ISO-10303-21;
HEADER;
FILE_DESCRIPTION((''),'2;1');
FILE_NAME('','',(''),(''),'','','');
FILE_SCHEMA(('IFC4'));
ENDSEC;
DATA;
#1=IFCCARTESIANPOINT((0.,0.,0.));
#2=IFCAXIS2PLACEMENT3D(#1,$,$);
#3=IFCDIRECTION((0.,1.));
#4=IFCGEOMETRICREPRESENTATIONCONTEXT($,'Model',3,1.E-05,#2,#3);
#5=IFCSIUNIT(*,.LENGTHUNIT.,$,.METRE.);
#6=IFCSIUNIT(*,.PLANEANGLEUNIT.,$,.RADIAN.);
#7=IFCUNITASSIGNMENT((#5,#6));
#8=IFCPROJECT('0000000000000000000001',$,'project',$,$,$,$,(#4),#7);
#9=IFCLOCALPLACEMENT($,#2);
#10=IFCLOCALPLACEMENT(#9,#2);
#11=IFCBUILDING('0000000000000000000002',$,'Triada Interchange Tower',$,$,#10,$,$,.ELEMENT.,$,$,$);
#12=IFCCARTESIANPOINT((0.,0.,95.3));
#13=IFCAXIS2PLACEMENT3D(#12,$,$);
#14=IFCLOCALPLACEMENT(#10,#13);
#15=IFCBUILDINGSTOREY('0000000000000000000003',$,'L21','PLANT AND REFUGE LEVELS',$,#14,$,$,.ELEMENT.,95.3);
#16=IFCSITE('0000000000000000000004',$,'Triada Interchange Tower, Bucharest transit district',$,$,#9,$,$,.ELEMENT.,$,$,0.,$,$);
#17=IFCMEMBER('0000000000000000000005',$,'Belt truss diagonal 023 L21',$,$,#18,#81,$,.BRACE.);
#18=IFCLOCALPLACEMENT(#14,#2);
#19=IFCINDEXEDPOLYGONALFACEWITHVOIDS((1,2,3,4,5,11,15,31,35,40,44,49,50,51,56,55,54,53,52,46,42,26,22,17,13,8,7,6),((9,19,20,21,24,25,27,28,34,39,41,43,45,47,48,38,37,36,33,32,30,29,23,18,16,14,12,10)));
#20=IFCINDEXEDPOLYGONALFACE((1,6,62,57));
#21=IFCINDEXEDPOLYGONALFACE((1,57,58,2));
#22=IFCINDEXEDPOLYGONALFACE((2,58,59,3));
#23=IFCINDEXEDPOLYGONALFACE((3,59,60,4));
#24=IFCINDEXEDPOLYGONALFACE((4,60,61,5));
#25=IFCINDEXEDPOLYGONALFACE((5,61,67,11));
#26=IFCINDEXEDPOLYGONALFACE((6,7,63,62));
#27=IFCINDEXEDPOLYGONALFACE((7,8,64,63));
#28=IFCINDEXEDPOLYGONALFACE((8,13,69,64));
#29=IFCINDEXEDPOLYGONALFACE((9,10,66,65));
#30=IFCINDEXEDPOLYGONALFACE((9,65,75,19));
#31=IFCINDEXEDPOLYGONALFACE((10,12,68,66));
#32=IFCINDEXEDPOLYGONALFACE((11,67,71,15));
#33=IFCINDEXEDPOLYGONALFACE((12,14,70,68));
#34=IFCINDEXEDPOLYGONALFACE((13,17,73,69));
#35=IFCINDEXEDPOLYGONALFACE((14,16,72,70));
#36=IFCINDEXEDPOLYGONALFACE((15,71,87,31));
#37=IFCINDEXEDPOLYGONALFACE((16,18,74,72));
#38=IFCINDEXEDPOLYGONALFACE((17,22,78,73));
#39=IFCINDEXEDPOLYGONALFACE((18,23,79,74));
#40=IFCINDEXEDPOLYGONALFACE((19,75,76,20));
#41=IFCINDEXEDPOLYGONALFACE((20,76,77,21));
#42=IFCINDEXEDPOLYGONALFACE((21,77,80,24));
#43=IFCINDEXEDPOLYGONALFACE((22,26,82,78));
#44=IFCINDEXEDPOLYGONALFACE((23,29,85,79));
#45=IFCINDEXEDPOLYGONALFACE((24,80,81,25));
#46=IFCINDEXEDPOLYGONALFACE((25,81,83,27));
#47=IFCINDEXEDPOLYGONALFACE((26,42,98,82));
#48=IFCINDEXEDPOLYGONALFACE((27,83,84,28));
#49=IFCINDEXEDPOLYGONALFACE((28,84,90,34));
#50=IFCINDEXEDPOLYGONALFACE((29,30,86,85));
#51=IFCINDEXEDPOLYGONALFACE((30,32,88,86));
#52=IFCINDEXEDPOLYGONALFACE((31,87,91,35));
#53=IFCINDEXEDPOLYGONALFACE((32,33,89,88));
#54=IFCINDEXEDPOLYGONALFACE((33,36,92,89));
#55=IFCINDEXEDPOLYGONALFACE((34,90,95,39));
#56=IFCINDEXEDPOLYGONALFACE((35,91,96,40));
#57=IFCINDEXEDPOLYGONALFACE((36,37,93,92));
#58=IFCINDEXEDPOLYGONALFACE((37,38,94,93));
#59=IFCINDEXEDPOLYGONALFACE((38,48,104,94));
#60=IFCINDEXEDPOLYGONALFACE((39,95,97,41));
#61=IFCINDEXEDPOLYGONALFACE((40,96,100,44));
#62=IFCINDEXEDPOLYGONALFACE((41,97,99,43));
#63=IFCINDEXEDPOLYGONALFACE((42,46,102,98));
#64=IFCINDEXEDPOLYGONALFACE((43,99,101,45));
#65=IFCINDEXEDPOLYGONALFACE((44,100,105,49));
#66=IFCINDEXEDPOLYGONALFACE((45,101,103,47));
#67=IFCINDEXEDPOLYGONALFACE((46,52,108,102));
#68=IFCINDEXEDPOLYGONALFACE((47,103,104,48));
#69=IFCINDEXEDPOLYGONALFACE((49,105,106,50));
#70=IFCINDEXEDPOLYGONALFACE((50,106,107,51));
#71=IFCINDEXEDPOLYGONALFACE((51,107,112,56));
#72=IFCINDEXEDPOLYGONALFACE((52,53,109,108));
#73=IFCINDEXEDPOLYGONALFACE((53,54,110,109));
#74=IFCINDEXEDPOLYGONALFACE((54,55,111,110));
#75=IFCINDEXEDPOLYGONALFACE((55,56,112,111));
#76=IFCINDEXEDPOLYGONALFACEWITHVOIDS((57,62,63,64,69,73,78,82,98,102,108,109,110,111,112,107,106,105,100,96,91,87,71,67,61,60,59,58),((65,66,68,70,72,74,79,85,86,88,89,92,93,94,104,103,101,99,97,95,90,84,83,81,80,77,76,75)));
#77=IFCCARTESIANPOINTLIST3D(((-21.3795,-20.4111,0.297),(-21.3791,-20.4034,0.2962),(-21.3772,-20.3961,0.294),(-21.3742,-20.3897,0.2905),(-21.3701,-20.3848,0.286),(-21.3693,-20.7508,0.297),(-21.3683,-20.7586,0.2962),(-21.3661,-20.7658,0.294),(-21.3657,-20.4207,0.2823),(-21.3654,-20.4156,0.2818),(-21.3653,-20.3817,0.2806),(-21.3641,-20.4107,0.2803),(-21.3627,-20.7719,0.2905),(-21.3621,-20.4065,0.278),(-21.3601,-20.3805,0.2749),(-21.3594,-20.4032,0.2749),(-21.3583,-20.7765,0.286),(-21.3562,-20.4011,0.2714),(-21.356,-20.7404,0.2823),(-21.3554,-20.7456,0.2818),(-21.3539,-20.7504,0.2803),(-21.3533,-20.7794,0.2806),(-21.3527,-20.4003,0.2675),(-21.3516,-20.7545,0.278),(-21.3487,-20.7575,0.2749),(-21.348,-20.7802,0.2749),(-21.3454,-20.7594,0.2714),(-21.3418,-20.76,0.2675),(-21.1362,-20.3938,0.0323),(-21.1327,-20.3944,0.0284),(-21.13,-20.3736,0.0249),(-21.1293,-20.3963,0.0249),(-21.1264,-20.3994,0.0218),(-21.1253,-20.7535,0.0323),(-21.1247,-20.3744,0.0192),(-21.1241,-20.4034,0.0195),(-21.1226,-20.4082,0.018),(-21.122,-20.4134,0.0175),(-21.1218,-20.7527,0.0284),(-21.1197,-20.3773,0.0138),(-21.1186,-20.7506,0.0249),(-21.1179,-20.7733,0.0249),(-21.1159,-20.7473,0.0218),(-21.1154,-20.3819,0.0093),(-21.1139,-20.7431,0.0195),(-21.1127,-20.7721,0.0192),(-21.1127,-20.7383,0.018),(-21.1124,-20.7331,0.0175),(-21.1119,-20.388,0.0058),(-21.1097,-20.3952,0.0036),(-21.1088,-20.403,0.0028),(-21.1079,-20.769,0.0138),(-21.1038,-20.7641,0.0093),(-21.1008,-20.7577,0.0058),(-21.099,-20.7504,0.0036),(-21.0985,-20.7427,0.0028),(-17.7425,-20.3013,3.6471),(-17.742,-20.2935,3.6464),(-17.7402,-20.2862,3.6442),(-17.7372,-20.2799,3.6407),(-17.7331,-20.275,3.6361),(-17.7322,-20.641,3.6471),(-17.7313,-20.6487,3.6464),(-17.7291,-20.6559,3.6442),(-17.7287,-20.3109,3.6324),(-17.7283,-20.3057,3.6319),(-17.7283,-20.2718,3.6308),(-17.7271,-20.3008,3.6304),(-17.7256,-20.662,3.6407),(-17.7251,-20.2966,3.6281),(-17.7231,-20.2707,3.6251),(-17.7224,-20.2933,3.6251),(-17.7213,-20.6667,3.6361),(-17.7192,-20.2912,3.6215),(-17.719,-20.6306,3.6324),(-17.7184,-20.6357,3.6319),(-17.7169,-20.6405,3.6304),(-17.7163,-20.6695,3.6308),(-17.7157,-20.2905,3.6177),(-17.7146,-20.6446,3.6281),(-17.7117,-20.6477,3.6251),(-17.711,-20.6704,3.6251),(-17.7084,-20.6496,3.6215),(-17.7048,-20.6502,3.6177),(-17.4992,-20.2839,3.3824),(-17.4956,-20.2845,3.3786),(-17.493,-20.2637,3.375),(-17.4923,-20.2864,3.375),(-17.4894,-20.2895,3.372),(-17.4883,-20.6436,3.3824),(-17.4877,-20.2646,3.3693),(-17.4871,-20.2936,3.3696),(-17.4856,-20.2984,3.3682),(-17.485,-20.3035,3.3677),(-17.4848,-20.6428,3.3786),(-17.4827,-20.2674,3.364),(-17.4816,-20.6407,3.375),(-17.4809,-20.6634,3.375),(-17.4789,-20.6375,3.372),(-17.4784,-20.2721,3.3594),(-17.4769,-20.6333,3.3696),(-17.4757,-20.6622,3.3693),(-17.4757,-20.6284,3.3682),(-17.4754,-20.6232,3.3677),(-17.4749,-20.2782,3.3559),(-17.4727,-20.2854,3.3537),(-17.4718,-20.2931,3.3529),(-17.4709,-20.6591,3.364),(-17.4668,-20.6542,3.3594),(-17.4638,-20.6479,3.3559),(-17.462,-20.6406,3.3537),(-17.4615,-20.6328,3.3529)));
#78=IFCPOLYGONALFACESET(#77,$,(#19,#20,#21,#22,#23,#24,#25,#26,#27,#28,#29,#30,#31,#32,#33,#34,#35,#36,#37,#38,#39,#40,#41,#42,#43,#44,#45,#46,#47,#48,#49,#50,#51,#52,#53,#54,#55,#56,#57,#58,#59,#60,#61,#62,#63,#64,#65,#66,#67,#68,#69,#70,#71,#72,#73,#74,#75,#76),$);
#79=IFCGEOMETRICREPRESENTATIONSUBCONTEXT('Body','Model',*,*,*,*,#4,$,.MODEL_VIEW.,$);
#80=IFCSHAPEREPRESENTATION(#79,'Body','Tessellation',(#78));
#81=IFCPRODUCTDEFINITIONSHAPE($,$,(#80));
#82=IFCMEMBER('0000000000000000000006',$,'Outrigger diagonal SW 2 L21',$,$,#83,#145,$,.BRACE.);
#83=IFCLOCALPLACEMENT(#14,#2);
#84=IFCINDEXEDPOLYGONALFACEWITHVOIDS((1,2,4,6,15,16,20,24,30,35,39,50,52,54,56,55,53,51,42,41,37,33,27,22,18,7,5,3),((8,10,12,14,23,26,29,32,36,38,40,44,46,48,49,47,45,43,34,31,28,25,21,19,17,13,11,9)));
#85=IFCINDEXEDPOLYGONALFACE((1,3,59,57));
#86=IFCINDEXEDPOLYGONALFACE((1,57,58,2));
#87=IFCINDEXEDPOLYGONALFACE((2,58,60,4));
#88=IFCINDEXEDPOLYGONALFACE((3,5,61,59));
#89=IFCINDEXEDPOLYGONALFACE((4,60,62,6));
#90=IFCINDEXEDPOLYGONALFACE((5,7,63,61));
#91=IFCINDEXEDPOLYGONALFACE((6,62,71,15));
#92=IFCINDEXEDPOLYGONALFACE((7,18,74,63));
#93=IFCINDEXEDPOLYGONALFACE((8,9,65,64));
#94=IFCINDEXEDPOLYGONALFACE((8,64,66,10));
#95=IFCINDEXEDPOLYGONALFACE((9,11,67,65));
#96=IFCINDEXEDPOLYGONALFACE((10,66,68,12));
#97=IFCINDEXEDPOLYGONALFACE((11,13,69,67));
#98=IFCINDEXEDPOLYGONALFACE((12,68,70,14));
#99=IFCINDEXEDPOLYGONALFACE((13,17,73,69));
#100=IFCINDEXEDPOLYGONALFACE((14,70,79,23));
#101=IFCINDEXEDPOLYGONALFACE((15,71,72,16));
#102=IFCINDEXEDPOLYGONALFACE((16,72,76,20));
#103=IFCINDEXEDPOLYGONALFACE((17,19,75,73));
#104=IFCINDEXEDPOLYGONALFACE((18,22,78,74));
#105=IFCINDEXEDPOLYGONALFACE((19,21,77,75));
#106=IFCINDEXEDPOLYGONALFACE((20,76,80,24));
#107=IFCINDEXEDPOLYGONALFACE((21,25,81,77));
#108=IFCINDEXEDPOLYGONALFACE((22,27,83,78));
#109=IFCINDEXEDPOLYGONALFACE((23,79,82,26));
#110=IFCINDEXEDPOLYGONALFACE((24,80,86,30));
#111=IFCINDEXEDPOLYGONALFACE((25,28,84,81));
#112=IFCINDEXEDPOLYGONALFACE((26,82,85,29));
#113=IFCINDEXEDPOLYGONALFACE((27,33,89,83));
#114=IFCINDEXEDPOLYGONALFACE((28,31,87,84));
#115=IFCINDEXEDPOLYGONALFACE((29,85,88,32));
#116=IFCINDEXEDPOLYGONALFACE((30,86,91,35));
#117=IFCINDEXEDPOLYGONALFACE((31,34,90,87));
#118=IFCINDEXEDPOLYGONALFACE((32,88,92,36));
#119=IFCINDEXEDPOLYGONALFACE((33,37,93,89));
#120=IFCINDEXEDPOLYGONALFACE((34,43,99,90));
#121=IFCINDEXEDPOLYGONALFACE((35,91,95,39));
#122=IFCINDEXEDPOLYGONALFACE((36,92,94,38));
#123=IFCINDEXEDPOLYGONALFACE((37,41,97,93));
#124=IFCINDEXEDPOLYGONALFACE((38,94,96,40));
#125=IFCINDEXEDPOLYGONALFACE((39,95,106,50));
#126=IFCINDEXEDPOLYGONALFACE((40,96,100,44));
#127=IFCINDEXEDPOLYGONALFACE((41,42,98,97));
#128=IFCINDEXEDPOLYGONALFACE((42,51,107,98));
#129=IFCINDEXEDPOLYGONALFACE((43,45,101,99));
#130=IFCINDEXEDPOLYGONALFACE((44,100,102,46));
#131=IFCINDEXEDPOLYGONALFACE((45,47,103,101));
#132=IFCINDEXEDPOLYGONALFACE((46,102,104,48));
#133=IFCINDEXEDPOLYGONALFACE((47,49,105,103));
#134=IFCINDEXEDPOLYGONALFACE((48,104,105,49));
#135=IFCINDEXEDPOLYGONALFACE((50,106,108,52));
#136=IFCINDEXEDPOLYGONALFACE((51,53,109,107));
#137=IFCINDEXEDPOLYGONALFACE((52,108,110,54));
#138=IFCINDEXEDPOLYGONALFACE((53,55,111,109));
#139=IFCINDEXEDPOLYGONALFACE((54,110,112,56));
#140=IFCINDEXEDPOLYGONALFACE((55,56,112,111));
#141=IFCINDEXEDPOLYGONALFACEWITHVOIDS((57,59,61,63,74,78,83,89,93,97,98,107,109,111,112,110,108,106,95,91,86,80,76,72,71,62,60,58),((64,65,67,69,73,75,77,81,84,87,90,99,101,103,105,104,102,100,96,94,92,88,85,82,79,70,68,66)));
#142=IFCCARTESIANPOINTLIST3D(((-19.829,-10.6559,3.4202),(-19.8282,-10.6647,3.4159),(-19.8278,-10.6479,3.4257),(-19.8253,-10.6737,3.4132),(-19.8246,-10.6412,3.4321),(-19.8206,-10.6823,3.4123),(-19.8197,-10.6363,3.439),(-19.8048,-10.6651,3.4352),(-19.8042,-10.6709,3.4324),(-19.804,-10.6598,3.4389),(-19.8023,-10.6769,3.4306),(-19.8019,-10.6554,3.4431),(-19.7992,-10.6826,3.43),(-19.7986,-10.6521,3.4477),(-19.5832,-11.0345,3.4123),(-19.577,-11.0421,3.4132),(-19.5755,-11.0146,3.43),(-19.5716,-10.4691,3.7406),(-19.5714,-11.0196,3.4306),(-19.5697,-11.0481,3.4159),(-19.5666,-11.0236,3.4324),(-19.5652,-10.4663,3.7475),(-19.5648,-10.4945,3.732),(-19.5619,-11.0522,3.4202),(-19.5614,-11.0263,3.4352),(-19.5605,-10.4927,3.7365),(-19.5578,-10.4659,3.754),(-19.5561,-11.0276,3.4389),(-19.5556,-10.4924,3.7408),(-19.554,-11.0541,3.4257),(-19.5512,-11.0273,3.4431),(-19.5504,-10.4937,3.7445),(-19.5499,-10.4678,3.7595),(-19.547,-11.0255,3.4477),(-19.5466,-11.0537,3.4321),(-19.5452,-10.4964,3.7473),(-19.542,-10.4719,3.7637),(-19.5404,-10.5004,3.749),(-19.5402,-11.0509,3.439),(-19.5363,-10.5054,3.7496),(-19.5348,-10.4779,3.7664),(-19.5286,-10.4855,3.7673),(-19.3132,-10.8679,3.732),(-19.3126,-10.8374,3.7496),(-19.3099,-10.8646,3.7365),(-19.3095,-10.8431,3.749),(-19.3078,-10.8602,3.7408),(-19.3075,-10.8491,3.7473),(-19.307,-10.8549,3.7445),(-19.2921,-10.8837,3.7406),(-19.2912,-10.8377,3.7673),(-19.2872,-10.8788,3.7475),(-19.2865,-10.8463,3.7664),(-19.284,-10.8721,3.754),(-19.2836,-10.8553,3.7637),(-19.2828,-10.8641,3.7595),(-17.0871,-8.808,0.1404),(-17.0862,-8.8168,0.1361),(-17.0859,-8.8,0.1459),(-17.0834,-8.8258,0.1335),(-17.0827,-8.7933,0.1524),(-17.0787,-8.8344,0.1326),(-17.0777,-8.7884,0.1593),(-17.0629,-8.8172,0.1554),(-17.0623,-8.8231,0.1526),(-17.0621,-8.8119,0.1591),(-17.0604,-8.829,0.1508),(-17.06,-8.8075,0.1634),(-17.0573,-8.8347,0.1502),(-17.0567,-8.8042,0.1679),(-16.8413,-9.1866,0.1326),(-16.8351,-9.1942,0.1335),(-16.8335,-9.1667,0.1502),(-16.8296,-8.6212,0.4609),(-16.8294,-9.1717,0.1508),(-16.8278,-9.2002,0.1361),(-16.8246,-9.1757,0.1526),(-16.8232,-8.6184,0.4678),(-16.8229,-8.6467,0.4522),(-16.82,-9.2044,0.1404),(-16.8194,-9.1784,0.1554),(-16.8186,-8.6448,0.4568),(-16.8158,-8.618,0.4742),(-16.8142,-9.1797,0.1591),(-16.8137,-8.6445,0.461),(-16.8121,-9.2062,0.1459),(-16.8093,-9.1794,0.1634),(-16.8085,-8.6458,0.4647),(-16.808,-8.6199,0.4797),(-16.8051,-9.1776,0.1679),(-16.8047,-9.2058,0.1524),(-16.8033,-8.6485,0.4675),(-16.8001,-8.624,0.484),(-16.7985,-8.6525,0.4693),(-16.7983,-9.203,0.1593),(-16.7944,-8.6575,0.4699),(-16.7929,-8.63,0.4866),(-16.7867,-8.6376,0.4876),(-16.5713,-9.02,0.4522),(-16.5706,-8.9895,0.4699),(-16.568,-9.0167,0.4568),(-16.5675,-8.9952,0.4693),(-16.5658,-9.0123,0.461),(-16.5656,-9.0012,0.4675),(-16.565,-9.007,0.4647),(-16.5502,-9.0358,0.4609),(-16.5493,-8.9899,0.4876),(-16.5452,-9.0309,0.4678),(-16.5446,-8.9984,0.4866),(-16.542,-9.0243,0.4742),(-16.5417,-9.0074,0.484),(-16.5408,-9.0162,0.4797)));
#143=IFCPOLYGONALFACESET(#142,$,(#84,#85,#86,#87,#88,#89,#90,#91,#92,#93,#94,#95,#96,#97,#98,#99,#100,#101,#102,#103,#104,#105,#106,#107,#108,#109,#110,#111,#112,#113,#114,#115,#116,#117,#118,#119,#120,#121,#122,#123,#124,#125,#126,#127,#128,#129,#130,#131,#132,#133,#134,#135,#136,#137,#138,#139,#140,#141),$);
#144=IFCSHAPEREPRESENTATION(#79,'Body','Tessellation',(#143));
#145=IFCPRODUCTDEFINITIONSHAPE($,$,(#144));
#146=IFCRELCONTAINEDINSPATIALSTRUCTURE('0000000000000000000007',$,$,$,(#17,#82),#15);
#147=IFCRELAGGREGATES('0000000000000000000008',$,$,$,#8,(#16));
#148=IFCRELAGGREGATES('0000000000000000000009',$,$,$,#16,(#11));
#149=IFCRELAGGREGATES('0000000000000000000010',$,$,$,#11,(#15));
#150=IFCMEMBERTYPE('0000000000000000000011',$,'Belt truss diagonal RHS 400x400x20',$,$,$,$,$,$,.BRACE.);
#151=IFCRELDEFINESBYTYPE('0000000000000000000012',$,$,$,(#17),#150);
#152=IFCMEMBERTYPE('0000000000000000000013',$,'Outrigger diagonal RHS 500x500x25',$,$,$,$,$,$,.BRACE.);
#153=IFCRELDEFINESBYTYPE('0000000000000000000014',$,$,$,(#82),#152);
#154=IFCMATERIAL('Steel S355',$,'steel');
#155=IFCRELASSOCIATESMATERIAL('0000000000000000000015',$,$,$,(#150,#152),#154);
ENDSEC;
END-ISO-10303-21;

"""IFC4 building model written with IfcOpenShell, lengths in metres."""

from ifc_helpers import new_model, si_unit, direction, frame, origin, origin_2d, place, context, subcontext, project, spatial, hollow_rectangle, extrude, material, material_profile, profile_set, type_object, element, save


model = new_model("IFC4")

# Units and contexts
model_context = context("Model", 3, precision=1e-05, world=origin(), true_north=direction((0.0, 1.0)))
body_context = subcontext(model_context, "Body", "Model", "MODEL_VIEW")
ifc_project = project(units=[si_unit("LENGTHUNIT", "METRE"), si_unit("PLANEANGLEUNIT", "RADIAN")], contexts=[model_context])

# Site, building, storey
site_placement = place(None, origin())
site = spatial("IfcSite", under=ifc_project, at=site_placement, Name="Triada Interchange Tower, Bucharest transit district", CompositionType="ELEMENT", RefElevation=0.0)
building_placement = place(site_placement, origin())
building = spatial("IfcBuilding", under=site, at=building_placement, Name="Triada Interchange Tower", CompositionType="ELEMENT")
storey_placement = place(building_placement, frame((0.0, 0.0, 95.3)))
storey = spatial("IfcBuildingStorey", under=building, at=storey_placement, Name="L21", Description="PLANT AND REFUGE LEVELS", CompositionType="ELEMENT", Elevation=95.3)

# Members
ifc_material_1 = material(Name="Steel S355", Category="steel")
ifc_material_profile_1 = material_profile(ifc_material_1, hollow_rectangle(XDim=0.3999, YDim=0.3999, WallThickness=0.02, InnerFilletRadius=0.02, OuterFilletRadius=0.03, at=origin_2d()), Name="RHS 400x400x20")
ifc_profile_set_1 = profile_set([ifc_material_profile_1], Name="Steel S355")
member_type_1 = type_object("IfcMemberType", Name="Belt truss diagonal RHS 400x400x20", PredefinedType="BRACE", material=ifc_profile_set_1)
member_1_placement = place(storey_placement, frame((-21.239, -20.5769, 0.1499), z_axis=(0.735337, 0.022213, 0.677337), x_axis=(-0.030194, 0.999544, 0.0)))
element("IfcMember", 1, at=member_1_placement, inside=storey, type_object=member_type_1, Name="Belt truss diagonal 023 L21", PredefinedType="BRACE", context=body_context, shape_type="SweptSolid", body=[
    extrude(hollow_rectangle(XDim=0.3999, YDim=0.3999, WallThickness=0.02, InnerFilletRadius=0.02, OuterFilletRadius=0.03, at=origin_2d()), origin(), (0.0, 0.0, 1.0), 4.946),
])
ifc_material_profile_2 = material_profile(ifc_material_1, hollow_rectangle(XDim=0.5, YDim=0.5, WallThickness=0.0249, InnerFilletRadius=0.0249, OuterFilletRadius=0.0376, at=origin_2d()), Name="RHS 500x500x25")
ifc_profile_set_2 = profile_set([ifc_material_profile_2], Name="Steel S355")
member_type_2 = type_object("IfcMemberType", Name="Outrigger diagonal RHS 500x500x25", PredefinedType="BRACE", material=ifc_profile_set_2)
member_2_placement = place(storey_placement, frame((-16.814, -8.9121, 0.3101), z_axis=(-0.588747, -0.396779, 0.704232), x_axis=(0.558868, -0.829257, 0.0)))
element("IfcMember", 2, at=member_2_placement, inside=storey, type_object=member_type_2, Name="Outrigger diagonal SW 2 L21", PredefinedType="BRACE", context=body_context, shape_type="SweptSolid", body=[
    extrude(hollow_rectangle(XDim=0.5, YDim=0.5, WallThickness=0.0249, InnerFilletRadius=0.0249, OuterFilletRadius=0.0376, at=origin_2d()), origin(), (0.0, 0.0, 1.0), 4.6572),
])

save(model, "model.ifc")
